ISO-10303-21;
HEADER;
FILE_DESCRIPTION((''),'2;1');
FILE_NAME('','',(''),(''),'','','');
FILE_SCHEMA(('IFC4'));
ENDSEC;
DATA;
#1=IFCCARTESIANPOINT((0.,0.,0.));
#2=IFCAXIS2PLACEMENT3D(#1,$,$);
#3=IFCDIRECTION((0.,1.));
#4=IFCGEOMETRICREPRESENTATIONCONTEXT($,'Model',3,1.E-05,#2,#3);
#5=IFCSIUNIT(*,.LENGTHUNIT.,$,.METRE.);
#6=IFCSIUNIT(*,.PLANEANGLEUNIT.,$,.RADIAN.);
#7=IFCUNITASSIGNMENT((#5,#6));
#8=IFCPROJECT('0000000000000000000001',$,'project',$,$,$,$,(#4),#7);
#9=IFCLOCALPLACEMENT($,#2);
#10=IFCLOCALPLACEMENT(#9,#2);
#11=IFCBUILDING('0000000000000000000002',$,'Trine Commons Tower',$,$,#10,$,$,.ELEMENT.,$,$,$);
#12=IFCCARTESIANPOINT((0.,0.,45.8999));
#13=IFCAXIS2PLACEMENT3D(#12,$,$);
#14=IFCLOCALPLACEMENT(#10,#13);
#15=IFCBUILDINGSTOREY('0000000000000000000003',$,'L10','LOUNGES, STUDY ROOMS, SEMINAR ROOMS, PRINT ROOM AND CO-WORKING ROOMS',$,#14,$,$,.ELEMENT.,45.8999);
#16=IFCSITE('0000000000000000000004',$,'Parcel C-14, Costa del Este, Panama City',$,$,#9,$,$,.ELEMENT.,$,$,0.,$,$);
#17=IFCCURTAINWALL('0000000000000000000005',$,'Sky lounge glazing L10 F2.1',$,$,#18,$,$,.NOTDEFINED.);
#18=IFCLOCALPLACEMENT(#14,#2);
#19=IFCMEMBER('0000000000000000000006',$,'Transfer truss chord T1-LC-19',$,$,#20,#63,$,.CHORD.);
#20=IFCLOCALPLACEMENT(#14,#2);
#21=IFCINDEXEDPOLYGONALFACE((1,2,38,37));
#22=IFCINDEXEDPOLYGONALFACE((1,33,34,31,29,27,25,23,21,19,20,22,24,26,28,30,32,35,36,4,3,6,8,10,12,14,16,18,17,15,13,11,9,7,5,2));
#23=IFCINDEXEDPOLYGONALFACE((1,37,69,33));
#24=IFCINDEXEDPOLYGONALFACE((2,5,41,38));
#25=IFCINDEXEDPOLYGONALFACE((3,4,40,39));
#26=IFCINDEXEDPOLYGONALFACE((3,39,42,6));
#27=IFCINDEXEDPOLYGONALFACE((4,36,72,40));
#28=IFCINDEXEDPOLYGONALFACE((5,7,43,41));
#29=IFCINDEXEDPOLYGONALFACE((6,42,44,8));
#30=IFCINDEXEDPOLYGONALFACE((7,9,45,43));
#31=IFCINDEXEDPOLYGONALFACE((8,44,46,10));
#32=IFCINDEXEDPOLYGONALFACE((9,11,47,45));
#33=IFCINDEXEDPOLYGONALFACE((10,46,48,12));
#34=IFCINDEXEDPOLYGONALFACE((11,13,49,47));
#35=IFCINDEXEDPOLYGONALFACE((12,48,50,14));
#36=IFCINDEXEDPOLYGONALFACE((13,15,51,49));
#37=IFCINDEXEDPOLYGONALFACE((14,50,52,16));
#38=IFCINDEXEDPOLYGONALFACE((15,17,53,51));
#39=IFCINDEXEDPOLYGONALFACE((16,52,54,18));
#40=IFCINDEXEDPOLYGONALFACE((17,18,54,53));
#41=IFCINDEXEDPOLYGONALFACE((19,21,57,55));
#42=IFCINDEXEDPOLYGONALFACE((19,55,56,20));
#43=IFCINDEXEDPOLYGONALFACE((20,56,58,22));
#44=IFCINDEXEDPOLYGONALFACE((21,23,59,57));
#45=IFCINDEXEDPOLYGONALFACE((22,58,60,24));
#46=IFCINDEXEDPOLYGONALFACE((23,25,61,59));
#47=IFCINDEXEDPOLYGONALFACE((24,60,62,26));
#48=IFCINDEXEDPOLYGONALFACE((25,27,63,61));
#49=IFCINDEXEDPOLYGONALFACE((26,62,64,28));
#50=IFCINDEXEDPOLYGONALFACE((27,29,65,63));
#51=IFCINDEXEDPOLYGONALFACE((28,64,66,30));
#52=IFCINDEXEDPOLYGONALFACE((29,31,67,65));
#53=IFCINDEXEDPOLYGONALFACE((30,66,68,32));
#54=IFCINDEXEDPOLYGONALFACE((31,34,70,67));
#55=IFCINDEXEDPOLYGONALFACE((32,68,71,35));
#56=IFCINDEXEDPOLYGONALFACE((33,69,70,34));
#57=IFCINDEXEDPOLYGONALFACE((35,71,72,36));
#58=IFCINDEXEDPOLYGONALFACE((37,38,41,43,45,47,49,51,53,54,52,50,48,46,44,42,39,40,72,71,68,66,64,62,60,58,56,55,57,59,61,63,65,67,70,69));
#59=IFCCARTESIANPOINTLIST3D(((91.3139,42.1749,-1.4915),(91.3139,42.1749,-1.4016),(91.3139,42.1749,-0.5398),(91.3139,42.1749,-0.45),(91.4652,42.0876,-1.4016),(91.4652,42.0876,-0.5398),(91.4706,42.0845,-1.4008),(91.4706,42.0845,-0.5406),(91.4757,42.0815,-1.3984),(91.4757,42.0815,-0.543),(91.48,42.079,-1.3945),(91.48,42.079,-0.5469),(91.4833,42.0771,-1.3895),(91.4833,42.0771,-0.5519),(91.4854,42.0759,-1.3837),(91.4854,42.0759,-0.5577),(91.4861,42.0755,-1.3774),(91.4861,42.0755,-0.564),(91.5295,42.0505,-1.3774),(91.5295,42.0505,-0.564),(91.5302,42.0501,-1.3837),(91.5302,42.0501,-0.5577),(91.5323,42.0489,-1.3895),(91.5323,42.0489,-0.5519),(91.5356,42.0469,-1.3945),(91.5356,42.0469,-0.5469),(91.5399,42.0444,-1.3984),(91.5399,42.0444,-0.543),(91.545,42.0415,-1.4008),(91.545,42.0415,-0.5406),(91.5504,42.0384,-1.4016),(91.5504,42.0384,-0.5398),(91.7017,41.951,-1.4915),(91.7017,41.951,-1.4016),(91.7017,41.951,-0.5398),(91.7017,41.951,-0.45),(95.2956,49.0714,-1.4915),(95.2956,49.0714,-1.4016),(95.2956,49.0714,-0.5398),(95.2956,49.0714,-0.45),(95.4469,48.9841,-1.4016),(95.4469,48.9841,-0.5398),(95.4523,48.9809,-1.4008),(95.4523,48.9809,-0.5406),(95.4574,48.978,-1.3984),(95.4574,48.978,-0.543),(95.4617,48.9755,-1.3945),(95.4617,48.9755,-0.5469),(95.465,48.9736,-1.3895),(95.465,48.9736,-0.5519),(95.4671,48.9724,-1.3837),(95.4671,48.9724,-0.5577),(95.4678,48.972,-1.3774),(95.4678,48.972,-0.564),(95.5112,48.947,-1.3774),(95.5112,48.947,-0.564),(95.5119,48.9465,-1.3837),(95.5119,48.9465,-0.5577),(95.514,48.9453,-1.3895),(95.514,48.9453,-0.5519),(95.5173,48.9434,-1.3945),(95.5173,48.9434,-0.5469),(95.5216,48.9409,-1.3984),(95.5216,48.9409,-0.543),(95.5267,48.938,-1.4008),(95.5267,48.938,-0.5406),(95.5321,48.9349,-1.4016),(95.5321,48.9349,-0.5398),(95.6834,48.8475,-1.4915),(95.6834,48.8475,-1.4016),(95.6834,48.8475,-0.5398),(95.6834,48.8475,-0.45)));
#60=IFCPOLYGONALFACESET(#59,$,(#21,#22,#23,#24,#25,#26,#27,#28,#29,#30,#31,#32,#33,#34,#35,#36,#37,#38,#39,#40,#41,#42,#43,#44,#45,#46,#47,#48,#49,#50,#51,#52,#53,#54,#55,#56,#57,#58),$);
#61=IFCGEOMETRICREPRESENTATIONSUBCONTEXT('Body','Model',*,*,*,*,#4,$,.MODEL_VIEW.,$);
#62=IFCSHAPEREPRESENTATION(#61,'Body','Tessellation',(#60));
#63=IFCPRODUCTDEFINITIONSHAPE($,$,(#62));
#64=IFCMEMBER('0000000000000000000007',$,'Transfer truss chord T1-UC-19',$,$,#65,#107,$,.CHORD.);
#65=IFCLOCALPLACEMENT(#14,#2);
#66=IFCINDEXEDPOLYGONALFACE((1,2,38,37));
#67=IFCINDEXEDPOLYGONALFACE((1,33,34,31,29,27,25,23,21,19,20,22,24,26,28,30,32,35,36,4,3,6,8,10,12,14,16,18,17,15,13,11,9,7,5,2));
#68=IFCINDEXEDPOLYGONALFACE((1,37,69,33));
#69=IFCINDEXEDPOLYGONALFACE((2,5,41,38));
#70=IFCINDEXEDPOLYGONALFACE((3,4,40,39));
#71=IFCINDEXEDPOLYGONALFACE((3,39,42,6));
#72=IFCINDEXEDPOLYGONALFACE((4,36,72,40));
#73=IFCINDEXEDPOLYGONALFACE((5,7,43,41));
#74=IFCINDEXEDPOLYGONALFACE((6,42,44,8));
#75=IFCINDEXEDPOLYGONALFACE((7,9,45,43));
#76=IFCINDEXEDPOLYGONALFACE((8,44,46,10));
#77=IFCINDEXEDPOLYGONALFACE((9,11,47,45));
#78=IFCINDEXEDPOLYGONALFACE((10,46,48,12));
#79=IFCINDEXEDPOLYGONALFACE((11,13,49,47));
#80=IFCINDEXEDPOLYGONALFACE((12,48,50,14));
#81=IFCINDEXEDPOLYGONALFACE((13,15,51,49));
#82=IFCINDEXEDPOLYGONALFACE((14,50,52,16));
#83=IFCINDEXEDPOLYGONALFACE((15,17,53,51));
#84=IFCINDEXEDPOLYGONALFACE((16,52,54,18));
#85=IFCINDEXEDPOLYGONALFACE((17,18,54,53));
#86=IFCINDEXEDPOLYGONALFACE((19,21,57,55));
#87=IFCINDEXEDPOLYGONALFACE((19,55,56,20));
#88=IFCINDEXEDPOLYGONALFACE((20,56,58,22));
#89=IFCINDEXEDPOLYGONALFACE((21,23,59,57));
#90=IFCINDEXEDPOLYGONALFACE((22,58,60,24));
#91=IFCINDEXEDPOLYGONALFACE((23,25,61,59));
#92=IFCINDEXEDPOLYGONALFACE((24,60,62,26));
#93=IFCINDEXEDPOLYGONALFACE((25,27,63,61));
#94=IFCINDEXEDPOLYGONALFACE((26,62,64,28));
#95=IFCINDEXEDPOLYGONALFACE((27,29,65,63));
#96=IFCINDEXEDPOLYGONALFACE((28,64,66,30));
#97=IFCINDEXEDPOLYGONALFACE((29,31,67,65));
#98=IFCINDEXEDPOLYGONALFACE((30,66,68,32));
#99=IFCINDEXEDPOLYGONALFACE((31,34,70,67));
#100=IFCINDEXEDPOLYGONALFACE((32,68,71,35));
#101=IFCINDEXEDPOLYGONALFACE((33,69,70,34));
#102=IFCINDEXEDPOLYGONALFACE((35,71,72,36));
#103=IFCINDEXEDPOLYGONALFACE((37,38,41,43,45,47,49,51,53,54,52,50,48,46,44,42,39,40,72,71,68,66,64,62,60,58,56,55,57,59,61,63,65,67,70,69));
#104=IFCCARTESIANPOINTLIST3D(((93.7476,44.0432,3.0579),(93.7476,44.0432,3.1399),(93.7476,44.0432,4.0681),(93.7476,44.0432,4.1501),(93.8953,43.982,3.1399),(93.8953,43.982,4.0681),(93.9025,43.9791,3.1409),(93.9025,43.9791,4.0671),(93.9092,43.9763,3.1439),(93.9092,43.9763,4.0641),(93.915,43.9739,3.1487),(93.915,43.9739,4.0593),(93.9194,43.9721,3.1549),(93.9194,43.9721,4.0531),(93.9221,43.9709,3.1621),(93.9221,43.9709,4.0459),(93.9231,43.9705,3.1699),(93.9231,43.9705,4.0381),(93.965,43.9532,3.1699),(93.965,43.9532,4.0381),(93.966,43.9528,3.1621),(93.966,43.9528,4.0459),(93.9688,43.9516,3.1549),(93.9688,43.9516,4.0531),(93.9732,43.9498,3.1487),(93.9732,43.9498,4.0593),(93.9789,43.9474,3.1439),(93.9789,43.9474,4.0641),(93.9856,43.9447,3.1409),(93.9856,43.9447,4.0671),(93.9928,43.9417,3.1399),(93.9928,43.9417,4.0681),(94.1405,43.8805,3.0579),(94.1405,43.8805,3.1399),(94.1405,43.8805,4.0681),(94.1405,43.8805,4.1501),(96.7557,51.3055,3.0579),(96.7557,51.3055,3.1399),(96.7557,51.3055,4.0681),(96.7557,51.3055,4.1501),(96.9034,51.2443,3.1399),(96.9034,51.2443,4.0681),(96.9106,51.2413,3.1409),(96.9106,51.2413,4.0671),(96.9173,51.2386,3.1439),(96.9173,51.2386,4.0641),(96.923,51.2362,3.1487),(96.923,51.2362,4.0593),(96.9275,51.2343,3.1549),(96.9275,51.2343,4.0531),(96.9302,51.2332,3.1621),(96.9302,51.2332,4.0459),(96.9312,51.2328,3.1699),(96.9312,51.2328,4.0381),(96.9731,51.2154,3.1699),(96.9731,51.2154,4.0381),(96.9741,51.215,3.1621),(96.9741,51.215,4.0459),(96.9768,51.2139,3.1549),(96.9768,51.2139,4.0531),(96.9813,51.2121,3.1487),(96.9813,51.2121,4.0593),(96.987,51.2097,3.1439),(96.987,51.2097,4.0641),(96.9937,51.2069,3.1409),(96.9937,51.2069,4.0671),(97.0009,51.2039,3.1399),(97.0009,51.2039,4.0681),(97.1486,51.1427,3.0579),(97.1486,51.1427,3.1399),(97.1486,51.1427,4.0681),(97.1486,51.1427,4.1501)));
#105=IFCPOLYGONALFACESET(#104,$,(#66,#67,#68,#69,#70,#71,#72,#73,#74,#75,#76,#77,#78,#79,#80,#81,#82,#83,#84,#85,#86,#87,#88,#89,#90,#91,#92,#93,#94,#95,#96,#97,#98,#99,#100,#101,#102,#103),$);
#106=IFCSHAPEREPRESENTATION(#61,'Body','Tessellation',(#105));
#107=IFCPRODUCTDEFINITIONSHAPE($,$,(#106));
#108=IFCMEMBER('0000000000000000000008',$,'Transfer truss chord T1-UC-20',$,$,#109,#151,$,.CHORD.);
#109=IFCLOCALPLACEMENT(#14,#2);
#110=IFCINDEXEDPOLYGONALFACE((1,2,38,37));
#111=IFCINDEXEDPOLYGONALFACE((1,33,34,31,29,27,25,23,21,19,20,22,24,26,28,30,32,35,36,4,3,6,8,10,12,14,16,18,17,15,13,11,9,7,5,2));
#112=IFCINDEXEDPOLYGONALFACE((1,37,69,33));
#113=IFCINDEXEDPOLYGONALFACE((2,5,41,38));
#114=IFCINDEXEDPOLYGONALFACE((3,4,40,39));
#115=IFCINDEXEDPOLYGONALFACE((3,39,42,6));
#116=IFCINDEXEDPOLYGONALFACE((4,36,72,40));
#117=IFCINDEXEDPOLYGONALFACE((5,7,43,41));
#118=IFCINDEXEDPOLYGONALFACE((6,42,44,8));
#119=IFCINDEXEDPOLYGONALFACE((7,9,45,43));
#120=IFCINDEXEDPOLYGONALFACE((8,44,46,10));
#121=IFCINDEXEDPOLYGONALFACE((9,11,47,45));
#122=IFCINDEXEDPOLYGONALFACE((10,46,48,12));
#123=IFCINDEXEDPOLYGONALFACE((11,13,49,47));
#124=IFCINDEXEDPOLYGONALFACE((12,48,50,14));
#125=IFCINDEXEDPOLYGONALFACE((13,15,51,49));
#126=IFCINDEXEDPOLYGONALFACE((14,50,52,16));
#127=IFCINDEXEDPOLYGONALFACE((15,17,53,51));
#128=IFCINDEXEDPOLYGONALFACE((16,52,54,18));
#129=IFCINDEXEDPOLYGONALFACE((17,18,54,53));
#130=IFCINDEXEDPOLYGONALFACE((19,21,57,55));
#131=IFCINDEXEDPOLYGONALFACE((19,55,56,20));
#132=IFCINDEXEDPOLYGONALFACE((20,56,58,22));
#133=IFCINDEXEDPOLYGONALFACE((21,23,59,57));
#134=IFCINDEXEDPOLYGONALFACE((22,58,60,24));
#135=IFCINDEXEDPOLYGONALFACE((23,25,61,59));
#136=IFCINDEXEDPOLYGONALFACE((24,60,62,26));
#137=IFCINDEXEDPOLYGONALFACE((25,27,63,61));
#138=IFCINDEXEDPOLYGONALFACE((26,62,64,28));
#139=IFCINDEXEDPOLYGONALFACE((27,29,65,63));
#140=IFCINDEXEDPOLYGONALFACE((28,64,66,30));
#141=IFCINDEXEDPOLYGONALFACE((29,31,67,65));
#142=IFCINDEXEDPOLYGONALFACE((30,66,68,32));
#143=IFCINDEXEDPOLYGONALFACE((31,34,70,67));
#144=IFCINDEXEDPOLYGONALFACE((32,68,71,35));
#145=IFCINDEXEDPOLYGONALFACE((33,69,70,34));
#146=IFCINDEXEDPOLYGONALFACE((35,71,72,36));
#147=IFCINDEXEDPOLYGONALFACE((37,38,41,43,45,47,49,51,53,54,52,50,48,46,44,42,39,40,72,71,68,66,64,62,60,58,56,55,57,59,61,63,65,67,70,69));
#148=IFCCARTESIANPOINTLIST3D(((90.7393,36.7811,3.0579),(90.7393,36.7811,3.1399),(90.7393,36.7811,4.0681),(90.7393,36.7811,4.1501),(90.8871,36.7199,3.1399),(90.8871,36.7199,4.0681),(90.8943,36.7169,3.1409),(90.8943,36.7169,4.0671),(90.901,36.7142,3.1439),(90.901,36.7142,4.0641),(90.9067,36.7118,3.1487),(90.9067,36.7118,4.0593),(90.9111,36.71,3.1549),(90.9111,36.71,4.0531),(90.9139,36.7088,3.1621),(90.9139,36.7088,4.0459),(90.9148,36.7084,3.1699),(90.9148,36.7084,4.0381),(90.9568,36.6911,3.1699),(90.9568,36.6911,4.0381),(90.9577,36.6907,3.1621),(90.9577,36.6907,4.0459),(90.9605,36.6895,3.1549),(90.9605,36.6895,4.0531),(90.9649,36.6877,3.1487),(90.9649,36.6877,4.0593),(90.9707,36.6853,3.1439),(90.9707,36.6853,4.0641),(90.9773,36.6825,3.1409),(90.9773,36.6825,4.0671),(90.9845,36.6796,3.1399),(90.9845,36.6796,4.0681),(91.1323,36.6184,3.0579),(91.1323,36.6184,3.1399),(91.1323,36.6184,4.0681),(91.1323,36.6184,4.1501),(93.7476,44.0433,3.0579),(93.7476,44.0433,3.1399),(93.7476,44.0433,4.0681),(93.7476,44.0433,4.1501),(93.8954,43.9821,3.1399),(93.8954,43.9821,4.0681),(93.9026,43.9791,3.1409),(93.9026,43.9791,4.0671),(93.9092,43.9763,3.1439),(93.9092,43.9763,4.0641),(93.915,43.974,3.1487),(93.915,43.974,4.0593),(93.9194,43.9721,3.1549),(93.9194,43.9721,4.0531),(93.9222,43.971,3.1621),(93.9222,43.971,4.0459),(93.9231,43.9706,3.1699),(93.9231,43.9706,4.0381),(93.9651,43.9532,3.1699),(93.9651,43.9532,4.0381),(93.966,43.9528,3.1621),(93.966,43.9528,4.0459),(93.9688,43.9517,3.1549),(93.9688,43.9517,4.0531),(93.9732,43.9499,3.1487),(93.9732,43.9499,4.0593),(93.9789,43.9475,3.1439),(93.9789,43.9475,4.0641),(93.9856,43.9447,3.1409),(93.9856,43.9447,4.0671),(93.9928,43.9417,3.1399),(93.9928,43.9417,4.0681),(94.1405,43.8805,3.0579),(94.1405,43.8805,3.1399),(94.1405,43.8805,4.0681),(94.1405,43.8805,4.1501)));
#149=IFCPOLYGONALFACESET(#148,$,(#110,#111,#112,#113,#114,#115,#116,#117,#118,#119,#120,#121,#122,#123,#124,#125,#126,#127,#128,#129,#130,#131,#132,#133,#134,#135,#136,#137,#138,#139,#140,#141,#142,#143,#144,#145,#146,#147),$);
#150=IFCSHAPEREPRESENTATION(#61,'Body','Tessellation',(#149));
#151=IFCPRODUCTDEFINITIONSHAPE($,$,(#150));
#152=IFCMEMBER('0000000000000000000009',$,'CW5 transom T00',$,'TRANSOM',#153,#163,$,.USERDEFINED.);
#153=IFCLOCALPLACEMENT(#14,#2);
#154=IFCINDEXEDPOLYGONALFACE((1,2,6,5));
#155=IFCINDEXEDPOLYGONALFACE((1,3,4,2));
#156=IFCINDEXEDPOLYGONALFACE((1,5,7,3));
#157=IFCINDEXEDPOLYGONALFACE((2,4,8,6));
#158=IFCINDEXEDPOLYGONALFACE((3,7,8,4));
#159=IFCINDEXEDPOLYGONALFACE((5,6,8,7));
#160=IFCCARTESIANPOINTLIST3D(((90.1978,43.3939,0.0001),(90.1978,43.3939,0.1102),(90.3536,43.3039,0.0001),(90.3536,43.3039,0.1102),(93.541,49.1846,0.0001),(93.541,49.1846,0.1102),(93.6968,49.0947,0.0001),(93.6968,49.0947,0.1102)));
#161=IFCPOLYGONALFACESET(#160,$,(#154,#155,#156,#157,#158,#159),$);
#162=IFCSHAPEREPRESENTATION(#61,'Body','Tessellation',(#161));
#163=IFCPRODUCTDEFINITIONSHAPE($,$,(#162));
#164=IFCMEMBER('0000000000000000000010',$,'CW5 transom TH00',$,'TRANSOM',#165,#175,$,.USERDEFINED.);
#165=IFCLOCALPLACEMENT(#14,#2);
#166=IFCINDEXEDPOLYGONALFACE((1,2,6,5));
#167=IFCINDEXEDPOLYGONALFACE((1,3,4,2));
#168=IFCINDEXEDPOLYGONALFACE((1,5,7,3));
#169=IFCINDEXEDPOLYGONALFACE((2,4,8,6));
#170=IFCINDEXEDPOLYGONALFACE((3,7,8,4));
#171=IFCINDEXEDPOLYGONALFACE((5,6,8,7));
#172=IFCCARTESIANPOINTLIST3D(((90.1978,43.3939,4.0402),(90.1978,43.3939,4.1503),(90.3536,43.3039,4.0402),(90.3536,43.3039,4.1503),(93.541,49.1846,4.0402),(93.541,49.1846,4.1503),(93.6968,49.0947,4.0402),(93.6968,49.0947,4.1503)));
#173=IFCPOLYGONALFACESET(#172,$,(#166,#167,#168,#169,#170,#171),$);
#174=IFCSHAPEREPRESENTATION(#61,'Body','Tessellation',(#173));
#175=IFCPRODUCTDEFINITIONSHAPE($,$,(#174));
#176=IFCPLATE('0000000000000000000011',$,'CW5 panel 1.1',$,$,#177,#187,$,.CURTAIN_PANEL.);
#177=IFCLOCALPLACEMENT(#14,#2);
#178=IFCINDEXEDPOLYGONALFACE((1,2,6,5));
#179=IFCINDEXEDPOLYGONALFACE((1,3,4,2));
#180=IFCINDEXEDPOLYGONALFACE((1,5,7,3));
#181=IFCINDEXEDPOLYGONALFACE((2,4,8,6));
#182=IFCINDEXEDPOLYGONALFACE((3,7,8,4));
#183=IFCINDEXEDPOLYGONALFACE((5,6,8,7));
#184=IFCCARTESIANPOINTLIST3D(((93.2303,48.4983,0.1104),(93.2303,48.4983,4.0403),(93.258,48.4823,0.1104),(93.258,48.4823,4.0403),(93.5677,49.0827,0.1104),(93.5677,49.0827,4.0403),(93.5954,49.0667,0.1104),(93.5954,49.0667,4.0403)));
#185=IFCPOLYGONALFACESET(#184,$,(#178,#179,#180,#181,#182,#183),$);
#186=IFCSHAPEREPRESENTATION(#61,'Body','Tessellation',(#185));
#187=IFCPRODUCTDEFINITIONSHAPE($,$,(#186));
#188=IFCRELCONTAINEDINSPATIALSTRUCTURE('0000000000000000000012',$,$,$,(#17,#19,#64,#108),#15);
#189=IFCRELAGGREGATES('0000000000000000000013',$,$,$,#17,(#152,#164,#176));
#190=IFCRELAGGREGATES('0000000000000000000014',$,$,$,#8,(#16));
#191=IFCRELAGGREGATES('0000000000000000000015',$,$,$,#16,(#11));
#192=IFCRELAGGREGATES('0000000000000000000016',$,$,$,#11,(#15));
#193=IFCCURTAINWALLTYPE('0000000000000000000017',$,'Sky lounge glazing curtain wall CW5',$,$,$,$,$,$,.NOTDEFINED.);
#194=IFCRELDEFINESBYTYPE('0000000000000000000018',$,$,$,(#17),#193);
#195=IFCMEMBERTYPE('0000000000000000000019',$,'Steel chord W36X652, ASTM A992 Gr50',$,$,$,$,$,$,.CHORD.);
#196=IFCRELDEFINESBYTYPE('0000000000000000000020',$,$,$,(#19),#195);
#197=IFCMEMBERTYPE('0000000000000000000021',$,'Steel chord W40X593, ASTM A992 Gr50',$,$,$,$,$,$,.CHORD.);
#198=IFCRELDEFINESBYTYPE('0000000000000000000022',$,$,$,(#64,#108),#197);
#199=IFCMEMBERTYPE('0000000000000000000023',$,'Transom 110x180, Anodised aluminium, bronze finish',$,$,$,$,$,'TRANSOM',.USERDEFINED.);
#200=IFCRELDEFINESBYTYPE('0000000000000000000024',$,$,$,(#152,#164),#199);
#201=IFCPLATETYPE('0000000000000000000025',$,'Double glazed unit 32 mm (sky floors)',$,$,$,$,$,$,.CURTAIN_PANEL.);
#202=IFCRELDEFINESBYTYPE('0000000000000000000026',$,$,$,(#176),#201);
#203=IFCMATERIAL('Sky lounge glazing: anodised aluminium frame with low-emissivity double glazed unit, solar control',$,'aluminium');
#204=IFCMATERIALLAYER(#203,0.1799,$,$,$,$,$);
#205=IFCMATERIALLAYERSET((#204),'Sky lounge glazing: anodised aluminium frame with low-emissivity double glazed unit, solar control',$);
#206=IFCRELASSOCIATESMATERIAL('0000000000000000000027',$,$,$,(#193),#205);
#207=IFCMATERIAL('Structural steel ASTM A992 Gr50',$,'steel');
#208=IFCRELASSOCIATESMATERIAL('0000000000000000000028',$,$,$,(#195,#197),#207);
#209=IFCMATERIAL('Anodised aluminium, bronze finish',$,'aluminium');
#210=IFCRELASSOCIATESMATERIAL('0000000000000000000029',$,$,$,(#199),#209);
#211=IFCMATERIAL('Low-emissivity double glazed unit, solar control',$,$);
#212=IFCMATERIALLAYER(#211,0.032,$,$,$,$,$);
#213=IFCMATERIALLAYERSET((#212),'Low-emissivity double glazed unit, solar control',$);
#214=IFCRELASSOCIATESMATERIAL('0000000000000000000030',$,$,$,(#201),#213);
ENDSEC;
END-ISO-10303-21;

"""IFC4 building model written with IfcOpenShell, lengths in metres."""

from ifc_helpers import new_model, si_unit, direction, frame, origin, origin_2d, place, context, subcontext, project, spatial, rectangle, i_section, extrude, material, layer, layer_set, material_profile, profile_set, type_object, element, aggregate, save


model = new_model("IFC4")

# Units and contexts
model_context = context("Model", 3, precision=1e-05, world=origin(), true_north=direction((0.0, 1.0)))
body_context = subcontext(model_context, "Body", "Model", "MODEL_VIEW")
ifc_project = project(units=[si_unit("LENGTHUNIT", "METRE"), si_unit("PLANEANGLEUNIT", "RADIAN")], contexts=[model_context])

# Site, building, storey
site_placement = place(None, origin())
site = spatial("IfcSite", under=ifc_project, at=site_placement, Name="Parcel C-14, Costa del Este, Panama City", CompositionType="ELEMENT", RefElevation=0.0)
building_placement = place(site_placement, origin())
building = spatial("IfcBuilding", under=site, at=building_placement, Name="Trine Commons Tower", CompositionType="ELEMENT")
storey_placement = place(building_placement, frame((0.0, 0.0, 45.8999)))
storey = spatial("IfcBuildingStorey", under=building, at=storey_placement, Name="L10", Description="LOUNGES, STUDY ROOMS, SEMINAR ROOMS, PRINT ROOM AND CO-WORKING ROOMS", CompositionType="ELEMENT", Elevation=45.8999)

# Curtain wall
ifc_material_1 = material(Name="Sky lounge glazing: anodised aluminium frame with low-emissivity double glazed unit, solar control", Category="aluminium")
ifc_layer_1 = layer(ifc_material_1, 0.1799)
ifc_layer_set_1 = layer_set([ifc_layer_1], Name="Sky lounge glazing: anodised aluminium frame with low-emissivity double glazed unit, solar control")
curtain_wall_type = type_object("IfcCurtainWallType", Name="Sky lounge glazing curtain wall CW5", PredefinedType="NOTDEFINED", material=ifc_layer_set_1)
curtain_wall_placement = place(storey_placement, origin())
curtain_wall = element("IfcCurtainWall", 1, at=curtain_wall_placement, inside=storey, type_object=curtain_wall_type, Name="Sky lounge glazing L10 F2.1", PredefinedType="NOTDEFINED")
ifc_material_2 = material(Name="Anodised aluminium, bronze finish", Category="aluminium")

# Members
ifc_material_3 = material(Name="Structural steel ASTM A992 Gr50", Category="steel")
ifc_material_profile_1 = material_profile(ifc_material_3, i_section(OverallWidth=0.4478, OverallDepth=1.0415, WebThickness=0.05, FlangeThickness=0.0898, FilletRadius=0.0242, at=origin_2d()), Name="W36X652")
ifc_profile_set_1 = profile_set([ifc_material_profile_1], Name="Structural steel ASTM A992 Gr50")
member_type_1 = type_object("IfcMemberType", Name="Steel chord W36X652, ASTM A992 Gr50", PredefinedType="CHORD", material=ifc_profile_set_1)
member_1_placement = place(storey_placement, frame((95.4895, 48.9595, -0.9707), z_axis=(-0.5, -0.866025, 0.0), x_axis=(0.866025, -0.5, 0.0)))
element("IfcMember", 2, at=member_1_placement, inside=storey, type_object=member_type_1, Name="Transfer truss chord T1-LC-19", PredefinedType="CHORD", context=body_context, shape_type="SweptSolid", body=[
    extrude(i_section(OverallWidth=0.4478, OverallDepth=1.0415, WebThickness=0.05, FlangeThickness=0.0898, FilletRadius=0.0242, at=origin_2d()), origin(), (0.0, 0.0, 1.0), 7.9634),
])
ifc_material_profile_2 = material_profile(ifc_material_3, i_section(OverallWidth=0.4253, OverallDepth=1.0923, WebThickness=0.0454, FlangeThickness=0.082, FilletRadius=0.03, at=origin_2d()), Name="W40X593")
ifc_profile_set_2 = profile_set([ifc_material_profile_2], Name="Structural steel ASTM A992 Gr50")
member_type_2 = type_object("IfcMemberType", Name="Steel chord W40X593, ASTM A992 Gr50", PredefinedType="CHORD", material=ifc_profile_set_2)
for number, where, z_axis, x_axis, name in (
    (3, (96.9521, 51.2241, 3.604), (-0.382678, -0.923882, 0.0), (0.923882, -0.382678, 0.0), "Transfer truss chord T1-UC-19"),
    (4, (93.9441, 43.9619, 3.604), (-0.382705, -0.923871, 0.0), (0.923871, -0.382705, 0.0), "Transfer truss chord T1-UC-20"),
):
    element("IfcMember", number, at=place(storey_placement, frame(where, z_axis=z_axis, x_axis=x_axis)), inside=storey, type_object=member_type_2, Name=name, PredefinedType="CHORD", context=body_context, shape_type="SweptSolid", body=[
        extrude(i_section(OverallWidth=0.4253, OverallDepth=1.0923, WebThickness=0.0454, FlangeThickness=0.082, FilletRadius=0.03, at=origin_2d()), origin(), (0.0, 0.0, 1.0), 7.8606),
    ])

# Members
ifc_material_profile_3 = material_profile(ifc_material_2, rectangle(XDim=0.1799, YDim=0.1101, at=origin_2d()), Name="Transom 110x180")
ifc_profile_set_3 = profile_set([ifc_material_profile_3], Name="Anodised aluminium, bronze finish")
member_type_3 = type_object("IfcMemberType", Name="Transom 110x180, Anodised aluminium, bronze finish", ElementType="TRANSOM", PredefinedType="USERDEFINED", material=ifc_profile_set_3)
member_2_placement = place(storey_placement, frame((93.6189, 49.1396, 0.0552), z_axis=(-0.499995, -0.866028, 0.0), x_axis=(0.866028, -0.499995, 0.0)))
member_2 = element("IfcMember", 5, at=member_2_placement, type_object=member_type_3, Name="CW5 transom T00", ObjectType="TRANSOM", PredefinedType="USERDEFINED", context=body_context, shape_type="SweptSolid", body=[
    extrude(rectangle(XDim=0.1799, YDim=0.1101, at=origin_2d()), origin(), (0.0, 0.0, 1.0), 6.6865),
])
member_3_placement = place(storey_placement, frame((93.6189, 49.1396, 4.0952), z_axis=(-0.499995, -0.866028, 0.0), x_axis=(0.866028, -0.499995, 0.0)))
member_3 = element("IfcMember", 6, at=member_3_placement, type_object=member_type_3, Name="CW5 transom TH00", ObjectType="TRANSOM", PredefinedType="USERDEFINED", context=body_context, shape_type="SweptSolid", body=[
    extrude(rectangle(XDim=0.1799, YDim=0.1101, at=origin_2d()), origin(), (0.0, 0.0, 1.0), 6.6865),
])

# Plate
ifc_material_4 = material(Name="Low-emissivity double glazed unit, solar control")
ifc_layer_2 = layer(ifc_material_4, 0.032)
ifc_layer_set_2 = layer_set([ifc_layer_2], Name="Low-emissivity double glazed unit, solar control")
plate_type = type_object("IfcPlateType", Name="Double glazed unit 32 mm (sky floors)", PredefinedType="CURTAIN_PANEL", material=ifc_layer_set_2)
plate_1_placement = place(storey_placement, frame((93.4128, 48.7825, 0.1104), z_axis=(0.0, 0.0, 1.0), x_axis=(-0.5, -0.866025, 0.0)))
plate_1 = element("IfcPlate", 7, at=plate_1_placement, type_object=plate_type, Name="CW5 panel 1.1", PredefinedType="CURTAIN_PANEL", context=body_context, shape_type="SweptSolid", body=[
    extrude(rectangle(XDim=0.6748, YDim=0.032, at=origin_2d()), origin(), (0.0, 0.0, 1.0), 3.9299),
])
aggregate(curtain_wall, [member_2, member_3, plate_1])

save(model, "model.ifc")
